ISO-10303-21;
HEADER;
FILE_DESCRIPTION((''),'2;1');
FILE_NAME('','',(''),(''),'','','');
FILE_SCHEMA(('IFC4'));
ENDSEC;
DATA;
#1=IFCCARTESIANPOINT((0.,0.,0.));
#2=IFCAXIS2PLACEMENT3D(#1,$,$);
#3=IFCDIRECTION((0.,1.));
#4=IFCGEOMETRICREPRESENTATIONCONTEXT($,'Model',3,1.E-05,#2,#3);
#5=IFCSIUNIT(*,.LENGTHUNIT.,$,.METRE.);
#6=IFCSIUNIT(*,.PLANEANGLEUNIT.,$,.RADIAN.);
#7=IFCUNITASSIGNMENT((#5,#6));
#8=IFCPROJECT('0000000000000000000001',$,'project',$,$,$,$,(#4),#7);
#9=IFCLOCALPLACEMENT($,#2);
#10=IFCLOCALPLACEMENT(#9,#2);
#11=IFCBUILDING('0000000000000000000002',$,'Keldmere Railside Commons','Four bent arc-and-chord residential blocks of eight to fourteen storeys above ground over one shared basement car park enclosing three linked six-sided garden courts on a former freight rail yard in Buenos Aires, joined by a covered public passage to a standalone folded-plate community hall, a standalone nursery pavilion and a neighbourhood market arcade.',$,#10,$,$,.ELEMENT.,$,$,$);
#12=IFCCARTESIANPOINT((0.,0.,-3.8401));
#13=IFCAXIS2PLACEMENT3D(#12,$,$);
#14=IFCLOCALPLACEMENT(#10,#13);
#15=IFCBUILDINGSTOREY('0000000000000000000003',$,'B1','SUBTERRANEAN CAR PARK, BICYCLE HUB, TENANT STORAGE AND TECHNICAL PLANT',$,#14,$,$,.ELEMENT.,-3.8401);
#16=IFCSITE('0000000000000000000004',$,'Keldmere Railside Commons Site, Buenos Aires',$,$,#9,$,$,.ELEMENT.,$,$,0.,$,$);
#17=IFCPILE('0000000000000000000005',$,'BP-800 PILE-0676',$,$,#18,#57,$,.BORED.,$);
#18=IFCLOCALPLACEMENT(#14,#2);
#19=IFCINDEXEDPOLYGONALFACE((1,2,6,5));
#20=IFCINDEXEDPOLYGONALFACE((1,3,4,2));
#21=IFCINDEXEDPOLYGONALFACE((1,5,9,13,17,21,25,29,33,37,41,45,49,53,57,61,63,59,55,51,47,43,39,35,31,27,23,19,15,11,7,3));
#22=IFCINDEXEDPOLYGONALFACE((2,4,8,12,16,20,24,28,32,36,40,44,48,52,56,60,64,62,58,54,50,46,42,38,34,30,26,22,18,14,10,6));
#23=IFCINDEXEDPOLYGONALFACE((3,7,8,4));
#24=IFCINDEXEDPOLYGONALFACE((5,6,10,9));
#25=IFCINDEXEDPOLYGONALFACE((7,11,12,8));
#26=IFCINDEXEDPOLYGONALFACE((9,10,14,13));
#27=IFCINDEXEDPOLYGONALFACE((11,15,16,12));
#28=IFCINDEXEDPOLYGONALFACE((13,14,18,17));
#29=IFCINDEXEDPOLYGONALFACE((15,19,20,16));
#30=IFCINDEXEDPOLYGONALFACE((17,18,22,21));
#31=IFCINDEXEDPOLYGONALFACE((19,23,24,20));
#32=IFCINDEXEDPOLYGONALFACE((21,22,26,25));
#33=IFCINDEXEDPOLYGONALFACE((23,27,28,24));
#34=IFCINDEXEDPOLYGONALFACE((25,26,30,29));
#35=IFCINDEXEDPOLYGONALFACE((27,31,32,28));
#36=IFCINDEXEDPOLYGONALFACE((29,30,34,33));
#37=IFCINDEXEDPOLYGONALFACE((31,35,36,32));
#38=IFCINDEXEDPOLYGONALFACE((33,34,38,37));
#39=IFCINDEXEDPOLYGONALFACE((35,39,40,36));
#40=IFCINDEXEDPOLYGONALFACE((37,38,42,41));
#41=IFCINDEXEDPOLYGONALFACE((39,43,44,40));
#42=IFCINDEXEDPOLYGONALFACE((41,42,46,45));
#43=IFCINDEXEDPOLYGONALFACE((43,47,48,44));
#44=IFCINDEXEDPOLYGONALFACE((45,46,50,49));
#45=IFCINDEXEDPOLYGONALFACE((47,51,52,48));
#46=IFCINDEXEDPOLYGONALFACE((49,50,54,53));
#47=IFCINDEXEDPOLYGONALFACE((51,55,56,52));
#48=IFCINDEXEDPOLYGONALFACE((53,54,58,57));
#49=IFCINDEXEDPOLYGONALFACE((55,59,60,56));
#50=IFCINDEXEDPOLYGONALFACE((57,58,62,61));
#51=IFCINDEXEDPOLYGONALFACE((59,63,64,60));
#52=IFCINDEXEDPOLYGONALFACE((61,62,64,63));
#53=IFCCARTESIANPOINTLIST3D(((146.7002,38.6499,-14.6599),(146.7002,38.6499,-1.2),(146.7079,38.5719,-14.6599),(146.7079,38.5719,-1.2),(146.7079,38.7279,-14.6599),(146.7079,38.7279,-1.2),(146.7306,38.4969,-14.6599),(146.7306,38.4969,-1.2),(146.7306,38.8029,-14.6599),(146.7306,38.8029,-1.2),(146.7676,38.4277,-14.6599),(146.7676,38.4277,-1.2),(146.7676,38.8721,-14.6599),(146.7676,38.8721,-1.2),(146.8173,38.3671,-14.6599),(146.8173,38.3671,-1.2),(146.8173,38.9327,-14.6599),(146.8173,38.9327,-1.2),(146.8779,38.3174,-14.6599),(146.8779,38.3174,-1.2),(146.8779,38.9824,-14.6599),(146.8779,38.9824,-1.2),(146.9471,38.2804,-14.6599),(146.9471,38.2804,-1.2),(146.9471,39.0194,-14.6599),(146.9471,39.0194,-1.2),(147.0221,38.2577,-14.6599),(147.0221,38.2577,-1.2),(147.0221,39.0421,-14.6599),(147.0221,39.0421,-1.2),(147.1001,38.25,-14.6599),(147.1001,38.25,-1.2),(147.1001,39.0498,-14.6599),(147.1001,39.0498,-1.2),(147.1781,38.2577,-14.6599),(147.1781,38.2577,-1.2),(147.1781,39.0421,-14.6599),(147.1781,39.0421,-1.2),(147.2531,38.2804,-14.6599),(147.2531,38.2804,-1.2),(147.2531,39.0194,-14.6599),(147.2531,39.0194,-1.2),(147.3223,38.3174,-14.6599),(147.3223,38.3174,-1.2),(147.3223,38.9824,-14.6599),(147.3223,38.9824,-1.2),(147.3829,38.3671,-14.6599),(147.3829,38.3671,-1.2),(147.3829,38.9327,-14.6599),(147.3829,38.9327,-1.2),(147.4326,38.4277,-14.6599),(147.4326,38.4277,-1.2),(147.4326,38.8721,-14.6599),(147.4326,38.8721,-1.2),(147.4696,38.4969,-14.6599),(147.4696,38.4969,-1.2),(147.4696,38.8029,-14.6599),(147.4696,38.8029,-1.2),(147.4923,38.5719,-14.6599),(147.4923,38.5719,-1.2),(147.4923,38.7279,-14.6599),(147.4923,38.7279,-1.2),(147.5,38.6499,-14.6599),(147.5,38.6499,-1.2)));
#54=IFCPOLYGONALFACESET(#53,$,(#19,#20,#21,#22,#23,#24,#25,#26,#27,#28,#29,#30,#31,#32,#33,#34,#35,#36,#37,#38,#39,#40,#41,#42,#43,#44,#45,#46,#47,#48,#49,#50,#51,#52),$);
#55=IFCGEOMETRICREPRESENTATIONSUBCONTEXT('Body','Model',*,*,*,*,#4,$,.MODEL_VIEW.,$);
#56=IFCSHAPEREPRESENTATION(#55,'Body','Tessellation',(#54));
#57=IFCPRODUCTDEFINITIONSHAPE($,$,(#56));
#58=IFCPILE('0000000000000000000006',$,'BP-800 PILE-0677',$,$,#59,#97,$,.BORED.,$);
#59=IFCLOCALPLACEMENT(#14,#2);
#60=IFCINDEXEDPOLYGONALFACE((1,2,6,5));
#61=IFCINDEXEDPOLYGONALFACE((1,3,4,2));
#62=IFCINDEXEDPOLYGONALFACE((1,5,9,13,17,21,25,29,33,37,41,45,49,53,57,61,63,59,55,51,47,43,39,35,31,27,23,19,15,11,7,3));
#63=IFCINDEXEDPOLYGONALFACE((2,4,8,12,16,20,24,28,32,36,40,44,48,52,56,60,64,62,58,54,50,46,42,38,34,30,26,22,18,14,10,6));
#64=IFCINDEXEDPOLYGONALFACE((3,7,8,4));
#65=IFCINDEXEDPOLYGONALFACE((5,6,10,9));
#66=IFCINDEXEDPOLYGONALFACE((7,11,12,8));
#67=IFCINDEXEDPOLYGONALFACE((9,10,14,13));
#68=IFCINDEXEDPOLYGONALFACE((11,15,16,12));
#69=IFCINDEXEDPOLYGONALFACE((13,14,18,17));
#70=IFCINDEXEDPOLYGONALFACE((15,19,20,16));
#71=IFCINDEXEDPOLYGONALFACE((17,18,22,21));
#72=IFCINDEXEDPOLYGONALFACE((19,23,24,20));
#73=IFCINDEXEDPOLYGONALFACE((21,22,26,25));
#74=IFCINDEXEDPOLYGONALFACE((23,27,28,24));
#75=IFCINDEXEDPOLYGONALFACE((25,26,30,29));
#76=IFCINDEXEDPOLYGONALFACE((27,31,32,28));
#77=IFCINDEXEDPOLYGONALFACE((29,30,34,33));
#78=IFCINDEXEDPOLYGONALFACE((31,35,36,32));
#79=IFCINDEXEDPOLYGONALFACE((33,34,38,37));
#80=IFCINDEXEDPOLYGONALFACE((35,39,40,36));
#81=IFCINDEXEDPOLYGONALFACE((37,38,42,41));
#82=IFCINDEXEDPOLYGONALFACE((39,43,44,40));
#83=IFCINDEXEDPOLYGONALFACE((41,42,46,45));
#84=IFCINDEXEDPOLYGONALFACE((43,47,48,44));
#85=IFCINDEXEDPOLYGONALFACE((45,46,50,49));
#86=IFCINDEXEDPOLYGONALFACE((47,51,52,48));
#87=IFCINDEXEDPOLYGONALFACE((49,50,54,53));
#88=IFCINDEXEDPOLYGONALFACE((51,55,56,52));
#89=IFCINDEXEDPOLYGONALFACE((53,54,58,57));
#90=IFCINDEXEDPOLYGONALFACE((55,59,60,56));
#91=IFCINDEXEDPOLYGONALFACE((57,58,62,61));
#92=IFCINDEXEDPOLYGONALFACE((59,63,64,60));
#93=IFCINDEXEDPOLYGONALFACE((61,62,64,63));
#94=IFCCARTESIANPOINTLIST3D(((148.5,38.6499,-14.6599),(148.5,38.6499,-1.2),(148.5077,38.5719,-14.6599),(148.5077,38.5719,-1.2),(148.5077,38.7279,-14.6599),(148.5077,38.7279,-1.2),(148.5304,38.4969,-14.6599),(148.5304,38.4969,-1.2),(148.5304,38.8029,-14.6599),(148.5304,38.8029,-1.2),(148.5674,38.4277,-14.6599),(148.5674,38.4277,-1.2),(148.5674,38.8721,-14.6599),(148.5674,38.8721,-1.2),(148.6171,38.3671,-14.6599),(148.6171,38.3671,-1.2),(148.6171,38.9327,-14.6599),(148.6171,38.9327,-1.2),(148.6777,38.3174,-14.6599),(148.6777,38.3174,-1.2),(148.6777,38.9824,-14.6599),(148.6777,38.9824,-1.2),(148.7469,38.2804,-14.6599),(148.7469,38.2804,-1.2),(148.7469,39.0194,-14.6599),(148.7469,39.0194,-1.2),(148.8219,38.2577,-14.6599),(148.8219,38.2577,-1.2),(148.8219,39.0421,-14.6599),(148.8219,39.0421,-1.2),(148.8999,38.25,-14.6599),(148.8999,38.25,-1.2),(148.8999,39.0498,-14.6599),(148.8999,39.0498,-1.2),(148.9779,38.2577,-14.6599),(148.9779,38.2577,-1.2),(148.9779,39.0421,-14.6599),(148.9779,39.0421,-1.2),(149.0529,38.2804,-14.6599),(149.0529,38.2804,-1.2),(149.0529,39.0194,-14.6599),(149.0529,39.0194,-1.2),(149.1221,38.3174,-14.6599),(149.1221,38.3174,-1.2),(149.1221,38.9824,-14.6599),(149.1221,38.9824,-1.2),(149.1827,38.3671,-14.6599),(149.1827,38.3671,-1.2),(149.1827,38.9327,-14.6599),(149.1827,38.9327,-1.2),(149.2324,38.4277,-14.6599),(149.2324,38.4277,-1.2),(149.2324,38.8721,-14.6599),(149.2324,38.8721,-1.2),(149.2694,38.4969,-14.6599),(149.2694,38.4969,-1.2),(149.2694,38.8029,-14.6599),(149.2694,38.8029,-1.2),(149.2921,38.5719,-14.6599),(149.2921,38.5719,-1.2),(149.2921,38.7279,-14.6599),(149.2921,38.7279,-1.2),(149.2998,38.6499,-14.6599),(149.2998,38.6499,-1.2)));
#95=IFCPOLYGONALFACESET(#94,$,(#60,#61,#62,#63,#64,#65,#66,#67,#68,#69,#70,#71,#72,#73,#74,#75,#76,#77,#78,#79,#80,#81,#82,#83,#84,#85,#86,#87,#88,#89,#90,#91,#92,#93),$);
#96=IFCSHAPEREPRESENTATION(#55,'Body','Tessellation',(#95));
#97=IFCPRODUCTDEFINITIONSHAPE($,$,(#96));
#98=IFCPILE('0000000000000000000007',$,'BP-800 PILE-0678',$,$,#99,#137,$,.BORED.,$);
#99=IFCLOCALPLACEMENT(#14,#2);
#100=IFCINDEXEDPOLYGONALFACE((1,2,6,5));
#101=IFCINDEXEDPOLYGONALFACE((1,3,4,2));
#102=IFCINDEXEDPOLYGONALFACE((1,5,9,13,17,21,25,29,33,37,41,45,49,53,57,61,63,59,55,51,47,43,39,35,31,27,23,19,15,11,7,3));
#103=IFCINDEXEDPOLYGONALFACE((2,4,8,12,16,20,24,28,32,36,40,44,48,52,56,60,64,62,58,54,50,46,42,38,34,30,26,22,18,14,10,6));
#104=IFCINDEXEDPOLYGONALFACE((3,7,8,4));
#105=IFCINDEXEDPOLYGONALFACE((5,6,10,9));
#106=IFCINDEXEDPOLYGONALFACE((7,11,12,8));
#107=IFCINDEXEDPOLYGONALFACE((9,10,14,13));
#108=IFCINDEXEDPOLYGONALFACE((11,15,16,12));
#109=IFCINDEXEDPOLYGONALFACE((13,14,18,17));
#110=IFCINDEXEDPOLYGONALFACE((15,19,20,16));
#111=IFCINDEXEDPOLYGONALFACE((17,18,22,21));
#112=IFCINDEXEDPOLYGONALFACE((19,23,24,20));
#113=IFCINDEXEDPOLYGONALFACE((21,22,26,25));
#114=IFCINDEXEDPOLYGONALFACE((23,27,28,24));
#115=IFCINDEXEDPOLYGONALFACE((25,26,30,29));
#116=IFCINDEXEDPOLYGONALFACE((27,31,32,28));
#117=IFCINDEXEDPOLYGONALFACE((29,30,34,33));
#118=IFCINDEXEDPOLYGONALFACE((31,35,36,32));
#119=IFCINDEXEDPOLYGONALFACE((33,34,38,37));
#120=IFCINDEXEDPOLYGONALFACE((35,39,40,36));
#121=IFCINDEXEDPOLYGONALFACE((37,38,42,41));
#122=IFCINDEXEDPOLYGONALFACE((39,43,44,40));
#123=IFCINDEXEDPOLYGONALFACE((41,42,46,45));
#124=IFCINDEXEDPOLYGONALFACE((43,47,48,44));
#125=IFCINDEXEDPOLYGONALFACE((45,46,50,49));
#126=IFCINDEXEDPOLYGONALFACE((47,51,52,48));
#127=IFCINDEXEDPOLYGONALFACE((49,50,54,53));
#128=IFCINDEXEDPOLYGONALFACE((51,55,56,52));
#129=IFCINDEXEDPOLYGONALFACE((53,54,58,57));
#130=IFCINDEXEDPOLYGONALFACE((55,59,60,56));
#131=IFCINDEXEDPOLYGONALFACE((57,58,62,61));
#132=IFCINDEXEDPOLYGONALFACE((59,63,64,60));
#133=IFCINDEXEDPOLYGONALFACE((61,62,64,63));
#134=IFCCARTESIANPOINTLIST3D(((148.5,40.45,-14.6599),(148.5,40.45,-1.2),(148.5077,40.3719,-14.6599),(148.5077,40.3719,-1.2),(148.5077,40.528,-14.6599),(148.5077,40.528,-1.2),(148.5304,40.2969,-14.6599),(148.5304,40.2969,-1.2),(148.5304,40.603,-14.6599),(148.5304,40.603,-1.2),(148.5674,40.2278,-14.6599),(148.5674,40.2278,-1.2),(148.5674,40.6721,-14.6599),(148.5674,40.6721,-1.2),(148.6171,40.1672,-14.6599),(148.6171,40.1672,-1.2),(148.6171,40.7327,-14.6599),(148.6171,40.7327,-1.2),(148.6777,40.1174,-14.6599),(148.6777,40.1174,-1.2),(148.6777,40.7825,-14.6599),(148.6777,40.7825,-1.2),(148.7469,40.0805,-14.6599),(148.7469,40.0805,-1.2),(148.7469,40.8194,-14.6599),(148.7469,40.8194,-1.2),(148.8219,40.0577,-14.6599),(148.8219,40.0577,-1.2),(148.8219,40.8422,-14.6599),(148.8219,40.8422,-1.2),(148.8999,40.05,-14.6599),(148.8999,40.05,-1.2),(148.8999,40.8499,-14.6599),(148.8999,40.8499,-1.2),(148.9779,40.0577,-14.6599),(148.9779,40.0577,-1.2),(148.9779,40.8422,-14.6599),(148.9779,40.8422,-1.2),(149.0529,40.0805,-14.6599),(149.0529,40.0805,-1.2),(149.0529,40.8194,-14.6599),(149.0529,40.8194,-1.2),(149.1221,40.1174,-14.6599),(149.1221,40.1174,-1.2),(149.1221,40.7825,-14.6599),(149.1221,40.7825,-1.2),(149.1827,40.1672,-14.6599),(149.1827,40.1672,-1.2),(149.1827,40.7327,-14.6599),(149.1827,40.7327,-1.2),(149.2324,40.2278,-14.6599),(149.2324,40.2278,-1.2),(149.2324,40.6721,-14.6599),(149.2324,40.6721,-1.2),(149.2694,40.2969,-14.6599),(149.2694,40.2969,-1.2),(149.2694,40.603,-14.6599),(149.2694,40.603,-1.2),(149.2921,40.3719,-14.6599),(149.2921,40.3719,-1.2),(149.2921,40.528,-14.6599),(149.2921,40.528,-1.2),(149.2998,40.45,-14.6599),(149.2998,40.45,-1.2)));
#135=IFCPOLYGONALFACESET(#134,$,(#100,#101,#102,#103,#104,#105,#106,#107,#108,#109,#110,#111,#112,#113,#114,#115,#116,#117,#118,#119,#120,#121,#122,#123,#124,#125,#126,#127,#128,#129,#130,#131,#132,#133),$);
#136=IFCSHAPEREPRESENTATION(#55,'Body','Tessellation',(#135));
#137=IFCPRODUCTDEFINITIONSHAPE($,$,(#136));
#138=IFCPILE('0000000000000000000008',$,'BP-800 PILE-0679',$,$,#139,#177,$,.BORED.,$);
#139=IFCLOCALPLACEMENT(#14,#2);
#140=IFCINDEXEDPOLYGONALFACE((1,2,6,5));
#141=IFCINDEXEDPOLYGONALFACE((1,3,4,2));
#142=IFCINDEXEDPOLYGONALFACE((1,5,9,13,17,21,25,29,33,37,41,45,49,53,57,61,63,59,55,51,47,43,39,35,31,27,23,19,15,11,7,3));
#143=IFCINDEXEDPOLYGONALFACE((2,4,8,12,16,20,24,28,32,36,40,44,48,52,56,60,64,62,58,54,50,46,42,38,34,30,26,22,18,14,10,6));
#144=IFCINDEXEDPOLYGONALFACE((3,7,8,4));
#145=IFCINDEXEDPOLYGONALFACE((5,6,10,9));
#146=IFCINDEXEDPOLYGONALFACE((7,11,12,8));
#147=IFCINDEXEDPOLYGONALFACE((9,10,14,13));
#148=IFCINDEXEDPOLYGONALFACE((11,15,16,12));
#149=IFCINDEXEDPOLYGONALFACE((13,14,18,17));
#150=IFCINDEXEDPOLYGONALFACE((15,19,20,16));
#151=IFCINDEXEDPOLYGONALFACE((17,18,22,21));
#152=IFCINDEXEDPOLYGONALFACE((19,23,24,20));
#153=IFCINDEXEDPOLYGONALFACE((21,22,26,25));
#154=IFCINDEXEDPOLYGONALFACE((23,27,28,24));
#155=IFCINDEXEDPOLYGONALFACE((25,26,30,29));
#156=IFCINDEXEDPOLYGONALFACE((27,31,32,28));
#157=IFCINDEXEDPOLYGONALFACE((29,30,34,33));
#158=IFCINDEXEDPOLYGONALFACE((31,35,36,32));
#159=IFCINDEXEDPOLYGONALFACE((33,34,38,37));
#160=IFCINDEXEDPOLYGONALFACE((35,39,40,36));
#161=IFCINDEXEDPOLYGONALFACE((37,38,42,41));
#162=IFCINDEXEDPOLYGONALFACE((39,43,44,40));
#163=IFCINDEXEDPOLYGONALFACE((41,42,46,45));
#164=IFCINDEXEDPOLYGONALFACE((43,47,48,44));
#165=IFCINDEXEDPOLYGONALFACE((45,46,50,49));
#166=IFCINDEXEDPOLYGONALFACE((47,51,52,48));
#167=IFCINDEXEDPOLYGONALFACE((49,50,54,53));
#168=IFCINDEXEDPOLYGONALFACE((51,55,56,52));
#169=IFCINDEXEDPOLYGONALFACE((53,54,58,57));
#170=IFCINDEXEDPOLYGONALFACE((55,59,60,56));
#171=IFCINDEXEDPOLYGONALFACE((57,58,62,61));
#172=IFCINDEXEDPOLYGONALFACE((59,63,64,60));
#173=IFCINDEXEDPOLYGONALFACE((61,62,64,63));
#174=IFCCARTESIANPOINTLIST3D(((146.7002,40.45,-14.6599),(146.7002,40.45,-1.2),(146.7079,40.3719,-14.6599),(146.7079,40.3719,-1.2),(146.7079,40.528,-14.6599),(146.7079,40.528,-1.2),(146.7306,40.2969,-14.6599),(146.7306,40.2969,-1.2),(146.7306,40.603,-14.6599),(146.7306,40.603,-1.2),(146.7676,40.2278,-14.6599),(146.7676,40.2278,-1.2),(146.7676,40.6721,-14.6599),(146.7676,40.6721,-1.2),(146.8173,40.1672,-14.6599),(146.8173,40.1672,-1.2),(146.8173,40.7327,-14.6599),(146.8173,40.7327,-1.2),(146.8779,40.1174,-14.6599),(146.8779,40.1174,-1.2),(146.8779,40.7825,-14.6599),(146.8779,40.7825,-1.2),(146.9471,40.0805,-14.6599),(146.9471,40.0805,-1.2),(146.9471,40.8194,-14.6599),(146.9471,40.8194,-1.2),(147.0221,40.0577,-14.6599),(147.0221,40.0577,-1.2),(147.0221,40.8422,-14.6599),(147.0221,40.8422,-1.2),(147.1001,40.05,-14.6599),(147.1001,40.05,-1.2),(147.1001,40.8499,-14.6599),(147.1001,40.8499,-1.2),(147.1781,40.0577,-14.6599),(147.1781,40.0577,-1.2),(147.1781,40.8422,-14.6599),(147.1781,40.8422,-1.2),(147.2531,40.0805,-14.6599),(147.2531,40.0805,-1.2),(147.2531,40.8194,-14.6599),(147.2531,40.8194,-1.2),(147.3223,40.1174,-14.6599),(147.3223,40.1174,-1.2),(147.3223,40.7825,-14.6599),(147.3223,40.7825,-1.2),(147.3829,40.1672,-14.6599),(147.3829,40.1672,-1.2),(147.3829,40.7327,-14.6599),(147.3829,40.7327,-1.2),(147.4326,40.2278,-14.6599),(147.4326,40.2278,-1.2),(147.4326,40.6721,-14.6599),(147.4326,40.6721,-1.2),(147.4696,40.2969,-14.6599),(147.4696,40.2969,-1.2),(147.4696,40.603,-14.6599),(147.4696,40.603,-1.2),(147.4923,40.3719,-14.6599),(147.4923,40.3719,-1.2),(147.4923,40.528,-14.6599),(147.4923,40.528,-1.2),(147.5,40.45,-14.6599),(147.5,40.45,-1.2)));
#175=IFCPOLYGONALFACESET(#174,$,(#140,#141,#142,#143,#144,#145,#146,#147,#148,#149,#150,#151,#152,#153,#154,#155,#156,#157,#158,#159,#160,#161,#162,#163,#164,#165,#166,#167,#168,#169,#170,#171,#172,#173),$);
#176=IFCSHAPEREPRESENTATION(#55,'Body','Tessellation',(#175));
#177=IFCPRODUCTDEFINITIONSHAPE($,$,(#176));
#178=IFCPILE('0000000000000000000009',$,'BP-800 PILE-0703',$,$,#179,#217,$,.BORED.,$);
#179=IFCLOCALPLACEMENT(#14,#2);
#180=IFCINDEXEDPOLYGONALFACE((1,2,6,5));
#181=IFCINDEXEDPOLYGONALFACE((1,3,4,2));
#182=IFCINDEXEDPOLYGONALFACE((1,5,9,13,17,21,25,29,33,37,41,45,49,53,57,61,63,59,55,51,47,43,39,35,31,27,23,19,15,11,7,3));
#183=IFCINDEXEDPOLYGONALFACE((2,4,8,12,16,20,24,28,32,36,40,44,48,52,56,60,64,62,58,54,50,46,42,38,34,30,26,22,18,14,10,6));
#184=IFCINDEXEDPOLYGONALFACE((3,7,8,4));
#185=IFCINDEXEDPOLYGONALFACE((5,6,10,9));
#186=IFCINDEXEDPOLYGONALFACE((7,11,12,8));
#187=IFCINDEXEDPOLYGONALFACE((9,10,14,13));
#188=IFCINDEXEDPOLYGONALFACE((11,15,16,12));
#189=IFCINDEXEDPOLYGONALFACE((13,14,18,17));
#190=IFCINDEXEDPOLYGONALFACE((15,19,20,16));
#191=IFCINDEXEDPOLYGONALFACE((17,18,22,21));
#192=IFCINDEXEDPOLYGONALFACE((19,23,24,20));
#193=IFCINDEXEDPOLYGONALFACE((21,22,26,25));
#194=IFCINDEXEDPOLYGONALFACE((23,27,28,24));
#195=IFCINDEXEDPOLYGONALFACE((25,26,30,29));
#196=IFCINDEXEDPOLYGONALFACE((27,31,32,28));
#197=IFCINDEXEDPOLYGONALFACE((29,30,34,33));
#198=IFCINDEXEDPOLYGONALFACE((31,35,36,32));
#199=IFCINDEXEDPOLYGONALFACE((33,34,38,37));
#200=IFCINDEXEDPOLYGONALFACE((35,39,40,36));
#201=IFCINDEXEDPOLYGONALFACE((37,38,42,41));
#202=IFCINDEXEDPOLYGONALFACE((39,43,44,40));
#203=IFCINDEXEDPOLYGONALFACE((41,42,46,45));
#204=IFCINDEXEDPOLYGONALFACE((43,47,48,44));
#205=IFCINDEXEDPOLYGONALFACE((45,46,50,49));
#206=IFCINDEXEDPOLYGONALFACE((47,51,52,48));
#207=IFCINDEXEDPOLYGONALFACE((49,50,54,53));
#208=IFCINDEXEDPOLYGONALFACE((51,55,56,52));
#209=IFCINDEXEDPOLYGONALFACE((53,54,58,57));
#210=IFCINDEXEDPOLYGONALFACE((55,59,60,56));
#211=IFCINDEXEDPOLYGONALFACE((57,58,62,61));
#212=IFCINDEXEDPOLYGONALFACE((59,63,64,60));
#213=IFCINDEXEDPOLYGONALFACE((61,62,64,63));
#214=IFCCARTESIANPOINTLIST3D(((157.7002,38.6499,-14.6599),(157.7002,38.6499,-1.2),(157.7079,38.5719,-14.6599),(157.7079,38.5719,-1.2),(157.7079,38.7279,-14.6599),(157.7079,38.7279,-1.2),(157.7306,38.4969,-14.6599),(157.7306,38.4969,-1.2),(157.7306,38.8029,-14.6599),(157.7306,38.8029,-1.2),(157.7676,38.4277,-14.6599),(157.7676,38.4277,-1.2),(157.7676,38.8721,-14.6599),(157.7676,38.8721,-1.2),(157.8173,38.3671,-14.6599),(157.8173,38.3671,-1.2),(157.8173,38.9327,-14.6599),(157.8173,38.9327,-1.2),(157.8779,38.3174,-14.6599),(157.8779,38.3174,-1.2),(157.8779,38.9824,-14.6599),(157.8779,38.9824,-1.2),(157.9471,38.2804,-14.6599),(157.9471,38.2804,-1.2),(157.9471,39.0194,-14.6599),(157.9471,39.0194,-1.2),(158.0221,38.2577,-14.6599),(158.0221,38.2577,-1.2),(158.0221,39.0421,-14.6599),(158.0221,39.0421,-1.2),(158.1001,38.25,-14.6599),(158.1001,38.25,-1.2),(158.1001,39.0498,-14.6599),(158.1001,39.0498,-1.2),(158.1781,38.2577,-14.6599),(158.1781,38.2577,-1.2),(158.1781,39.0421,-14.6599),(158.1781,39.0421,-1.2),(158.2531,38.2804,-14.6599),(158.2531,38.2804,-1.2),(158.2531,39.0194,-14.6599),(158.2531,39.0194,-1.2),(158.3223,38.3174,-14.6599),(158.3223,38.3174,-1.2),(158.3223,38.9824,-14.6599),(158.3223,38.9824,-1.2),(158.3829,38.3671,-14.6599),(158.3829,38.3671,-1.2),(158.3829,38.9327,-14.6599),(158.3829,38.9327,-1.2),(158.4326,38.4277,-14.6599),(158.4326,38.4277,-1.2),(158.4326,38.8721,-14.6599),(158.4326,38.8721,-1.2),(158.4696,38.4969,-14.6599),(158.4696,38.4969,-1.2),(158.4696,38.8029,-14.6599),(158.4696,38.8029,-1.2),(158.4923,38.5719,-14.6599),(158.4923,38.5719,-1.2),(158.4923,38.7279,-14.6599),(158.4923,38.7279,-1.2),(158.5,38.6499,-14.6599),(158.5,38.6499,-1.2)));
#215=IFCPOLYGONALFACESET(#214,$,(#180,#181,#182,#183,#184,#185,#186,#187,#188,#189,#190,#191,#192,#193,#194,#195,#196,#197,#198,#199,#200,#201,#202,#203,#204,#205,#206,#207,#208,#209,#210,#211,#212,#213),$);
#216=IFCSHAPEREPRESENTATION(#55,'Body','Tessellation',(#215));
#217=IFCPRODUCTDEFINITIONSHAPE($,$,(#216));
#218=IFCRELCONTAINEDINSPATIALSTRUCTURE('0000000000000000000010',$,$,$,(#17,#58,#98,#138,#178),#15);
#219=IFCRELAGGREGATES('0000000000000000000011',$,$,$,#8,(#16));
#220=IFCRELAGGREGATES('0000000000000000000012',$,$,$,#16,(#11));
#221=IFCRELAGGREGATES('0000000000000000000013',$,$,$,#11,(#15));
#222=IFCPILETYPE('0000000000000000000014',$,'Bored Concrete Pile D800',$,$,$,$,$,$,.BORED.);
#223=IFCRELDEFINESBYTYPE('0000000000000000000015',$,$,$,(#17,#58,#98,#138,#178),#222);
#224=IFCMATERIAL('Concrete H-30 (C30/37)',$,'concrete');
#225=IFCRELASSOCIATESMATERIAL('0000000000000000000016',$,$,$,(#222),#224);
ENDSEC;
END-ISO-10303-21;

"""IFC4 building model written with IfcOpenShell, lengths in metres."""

from ifc_helpers import new_model, si_unit, direction, frame, origin, origin_2d, place, context, subcontext, project, spatial, circle, extrude, material, material_profile, profile_set, type_object, element, save


model = new_model("IFC4")

# Units and contexts
model_context = context("Model", 3, precision=1e-05, world=origin(), true_north=direction((0.0, 1.0)))
body_context = subcontext(model_context, "Body", "Model", "MODEL_VIEW")
ifc_project = project(units=[si_unit("LENGTHUNIT", "METRE"), si_unit("PLANEANGLEUNIT", "RADIAN")], contexts=[model_context])

# Site, building, storey
site_placement = place(None, origin())
site = spatial("IfcSite", under=ifc_project, at=site_placement, Name="Keldmere Railside Commons Site, Buenos Aires", CompositionType="ELEMENT", RefElevation=0.0)
building_placement = place(site_placement, origin())
building = spatial("IfcBuilding", under=site, at=building_placement, Name="Keldmere Railside Commons", Description="Four bent arc-and-chord residential blocks of eight to fourteen storeys above ground over one shared basement car park enclosing three linked six-sided garden courts on a former freight rail yard in Buenos Aires, joined by a covered public passage to a standalone folded-plate community hall, a standalone nursery pavilion and a neighbourhood market arcade.", CompositionType="ELEMENT")
storey_placement = place(building_placement, frame((0.0, 0.0, -3.8401)))
storey = spatial("IfcBuildingStorey", under=building, at=storey_placement, Name="B1", Description="SUBTERRANEAN CAR PARK, BICYCLE HUB, TENANT STORAGE AND TECHNICAL PLANT", CompositionType="ELEMENT", Elevation=-3.8401)

# Piles
ifc_material_1 = material(Name="Concrete H-30 (C30/37)", Category="concrete")
ifc_material_profile_1 = material_profile(ifc_material_1, circle(Radius=0.3999, at=origin_2d()), Name="PILE-D800")
ifc_profile_set_1 = profile_set([ifc_material_profile_1], Name="Concrete H-30 (C30/37)")
pile_type = type_object("IfcPileType", Name="Bored Concrete Pile D800", PredefinedType="BORED", material=ifc_profile_set_1)
for number, where, z_axis, x_axis, name in (
    (1, (147.1001, 38.6499, -1.2), (0.0, 0.0, -1.0), (1.0, 0.0, 0.0), "BP-800 PILE-0676"),
    (2, (148.8999, 38.6499, -1.2), (0.0, 0.0, -1.0), (1.0, 0.0, 0.0), "BP-800 PILE-0677"),
    (3, (148.8999, 40.45, -1.2), (0.0, 0.0, -1.0), (1.0, 0.0, 0.0), "BP-800 PILE-0678"),
    (4, (147.1001, 40.45, -1.2), (0.0, 0.0, -1.0), (1.0, 0.0, 0.0), "BP-800 PILE-0679"),
    (5, (158.1001, 38.6499, -1.2), (0.0, 0.0, -1.0), (1.0, 0.0, 0.0), "BP-800 PILE-0703"),
):
    element("IfcPile", number, at=place(storey_placement, frame(where, z_axis=z_axis, x_axis=x_axis)), inside=storey, type_object=pile_type, Name=name, PredefinedType="BORED", context=body_context, shape_type="SweptSolid", body=[
        extrude(circle(Radius=0.3999, at=origin_2d()), origin(), (0.0, 0.0, 1.0), 13.46),
    ])

save(model, "model.ifc")
